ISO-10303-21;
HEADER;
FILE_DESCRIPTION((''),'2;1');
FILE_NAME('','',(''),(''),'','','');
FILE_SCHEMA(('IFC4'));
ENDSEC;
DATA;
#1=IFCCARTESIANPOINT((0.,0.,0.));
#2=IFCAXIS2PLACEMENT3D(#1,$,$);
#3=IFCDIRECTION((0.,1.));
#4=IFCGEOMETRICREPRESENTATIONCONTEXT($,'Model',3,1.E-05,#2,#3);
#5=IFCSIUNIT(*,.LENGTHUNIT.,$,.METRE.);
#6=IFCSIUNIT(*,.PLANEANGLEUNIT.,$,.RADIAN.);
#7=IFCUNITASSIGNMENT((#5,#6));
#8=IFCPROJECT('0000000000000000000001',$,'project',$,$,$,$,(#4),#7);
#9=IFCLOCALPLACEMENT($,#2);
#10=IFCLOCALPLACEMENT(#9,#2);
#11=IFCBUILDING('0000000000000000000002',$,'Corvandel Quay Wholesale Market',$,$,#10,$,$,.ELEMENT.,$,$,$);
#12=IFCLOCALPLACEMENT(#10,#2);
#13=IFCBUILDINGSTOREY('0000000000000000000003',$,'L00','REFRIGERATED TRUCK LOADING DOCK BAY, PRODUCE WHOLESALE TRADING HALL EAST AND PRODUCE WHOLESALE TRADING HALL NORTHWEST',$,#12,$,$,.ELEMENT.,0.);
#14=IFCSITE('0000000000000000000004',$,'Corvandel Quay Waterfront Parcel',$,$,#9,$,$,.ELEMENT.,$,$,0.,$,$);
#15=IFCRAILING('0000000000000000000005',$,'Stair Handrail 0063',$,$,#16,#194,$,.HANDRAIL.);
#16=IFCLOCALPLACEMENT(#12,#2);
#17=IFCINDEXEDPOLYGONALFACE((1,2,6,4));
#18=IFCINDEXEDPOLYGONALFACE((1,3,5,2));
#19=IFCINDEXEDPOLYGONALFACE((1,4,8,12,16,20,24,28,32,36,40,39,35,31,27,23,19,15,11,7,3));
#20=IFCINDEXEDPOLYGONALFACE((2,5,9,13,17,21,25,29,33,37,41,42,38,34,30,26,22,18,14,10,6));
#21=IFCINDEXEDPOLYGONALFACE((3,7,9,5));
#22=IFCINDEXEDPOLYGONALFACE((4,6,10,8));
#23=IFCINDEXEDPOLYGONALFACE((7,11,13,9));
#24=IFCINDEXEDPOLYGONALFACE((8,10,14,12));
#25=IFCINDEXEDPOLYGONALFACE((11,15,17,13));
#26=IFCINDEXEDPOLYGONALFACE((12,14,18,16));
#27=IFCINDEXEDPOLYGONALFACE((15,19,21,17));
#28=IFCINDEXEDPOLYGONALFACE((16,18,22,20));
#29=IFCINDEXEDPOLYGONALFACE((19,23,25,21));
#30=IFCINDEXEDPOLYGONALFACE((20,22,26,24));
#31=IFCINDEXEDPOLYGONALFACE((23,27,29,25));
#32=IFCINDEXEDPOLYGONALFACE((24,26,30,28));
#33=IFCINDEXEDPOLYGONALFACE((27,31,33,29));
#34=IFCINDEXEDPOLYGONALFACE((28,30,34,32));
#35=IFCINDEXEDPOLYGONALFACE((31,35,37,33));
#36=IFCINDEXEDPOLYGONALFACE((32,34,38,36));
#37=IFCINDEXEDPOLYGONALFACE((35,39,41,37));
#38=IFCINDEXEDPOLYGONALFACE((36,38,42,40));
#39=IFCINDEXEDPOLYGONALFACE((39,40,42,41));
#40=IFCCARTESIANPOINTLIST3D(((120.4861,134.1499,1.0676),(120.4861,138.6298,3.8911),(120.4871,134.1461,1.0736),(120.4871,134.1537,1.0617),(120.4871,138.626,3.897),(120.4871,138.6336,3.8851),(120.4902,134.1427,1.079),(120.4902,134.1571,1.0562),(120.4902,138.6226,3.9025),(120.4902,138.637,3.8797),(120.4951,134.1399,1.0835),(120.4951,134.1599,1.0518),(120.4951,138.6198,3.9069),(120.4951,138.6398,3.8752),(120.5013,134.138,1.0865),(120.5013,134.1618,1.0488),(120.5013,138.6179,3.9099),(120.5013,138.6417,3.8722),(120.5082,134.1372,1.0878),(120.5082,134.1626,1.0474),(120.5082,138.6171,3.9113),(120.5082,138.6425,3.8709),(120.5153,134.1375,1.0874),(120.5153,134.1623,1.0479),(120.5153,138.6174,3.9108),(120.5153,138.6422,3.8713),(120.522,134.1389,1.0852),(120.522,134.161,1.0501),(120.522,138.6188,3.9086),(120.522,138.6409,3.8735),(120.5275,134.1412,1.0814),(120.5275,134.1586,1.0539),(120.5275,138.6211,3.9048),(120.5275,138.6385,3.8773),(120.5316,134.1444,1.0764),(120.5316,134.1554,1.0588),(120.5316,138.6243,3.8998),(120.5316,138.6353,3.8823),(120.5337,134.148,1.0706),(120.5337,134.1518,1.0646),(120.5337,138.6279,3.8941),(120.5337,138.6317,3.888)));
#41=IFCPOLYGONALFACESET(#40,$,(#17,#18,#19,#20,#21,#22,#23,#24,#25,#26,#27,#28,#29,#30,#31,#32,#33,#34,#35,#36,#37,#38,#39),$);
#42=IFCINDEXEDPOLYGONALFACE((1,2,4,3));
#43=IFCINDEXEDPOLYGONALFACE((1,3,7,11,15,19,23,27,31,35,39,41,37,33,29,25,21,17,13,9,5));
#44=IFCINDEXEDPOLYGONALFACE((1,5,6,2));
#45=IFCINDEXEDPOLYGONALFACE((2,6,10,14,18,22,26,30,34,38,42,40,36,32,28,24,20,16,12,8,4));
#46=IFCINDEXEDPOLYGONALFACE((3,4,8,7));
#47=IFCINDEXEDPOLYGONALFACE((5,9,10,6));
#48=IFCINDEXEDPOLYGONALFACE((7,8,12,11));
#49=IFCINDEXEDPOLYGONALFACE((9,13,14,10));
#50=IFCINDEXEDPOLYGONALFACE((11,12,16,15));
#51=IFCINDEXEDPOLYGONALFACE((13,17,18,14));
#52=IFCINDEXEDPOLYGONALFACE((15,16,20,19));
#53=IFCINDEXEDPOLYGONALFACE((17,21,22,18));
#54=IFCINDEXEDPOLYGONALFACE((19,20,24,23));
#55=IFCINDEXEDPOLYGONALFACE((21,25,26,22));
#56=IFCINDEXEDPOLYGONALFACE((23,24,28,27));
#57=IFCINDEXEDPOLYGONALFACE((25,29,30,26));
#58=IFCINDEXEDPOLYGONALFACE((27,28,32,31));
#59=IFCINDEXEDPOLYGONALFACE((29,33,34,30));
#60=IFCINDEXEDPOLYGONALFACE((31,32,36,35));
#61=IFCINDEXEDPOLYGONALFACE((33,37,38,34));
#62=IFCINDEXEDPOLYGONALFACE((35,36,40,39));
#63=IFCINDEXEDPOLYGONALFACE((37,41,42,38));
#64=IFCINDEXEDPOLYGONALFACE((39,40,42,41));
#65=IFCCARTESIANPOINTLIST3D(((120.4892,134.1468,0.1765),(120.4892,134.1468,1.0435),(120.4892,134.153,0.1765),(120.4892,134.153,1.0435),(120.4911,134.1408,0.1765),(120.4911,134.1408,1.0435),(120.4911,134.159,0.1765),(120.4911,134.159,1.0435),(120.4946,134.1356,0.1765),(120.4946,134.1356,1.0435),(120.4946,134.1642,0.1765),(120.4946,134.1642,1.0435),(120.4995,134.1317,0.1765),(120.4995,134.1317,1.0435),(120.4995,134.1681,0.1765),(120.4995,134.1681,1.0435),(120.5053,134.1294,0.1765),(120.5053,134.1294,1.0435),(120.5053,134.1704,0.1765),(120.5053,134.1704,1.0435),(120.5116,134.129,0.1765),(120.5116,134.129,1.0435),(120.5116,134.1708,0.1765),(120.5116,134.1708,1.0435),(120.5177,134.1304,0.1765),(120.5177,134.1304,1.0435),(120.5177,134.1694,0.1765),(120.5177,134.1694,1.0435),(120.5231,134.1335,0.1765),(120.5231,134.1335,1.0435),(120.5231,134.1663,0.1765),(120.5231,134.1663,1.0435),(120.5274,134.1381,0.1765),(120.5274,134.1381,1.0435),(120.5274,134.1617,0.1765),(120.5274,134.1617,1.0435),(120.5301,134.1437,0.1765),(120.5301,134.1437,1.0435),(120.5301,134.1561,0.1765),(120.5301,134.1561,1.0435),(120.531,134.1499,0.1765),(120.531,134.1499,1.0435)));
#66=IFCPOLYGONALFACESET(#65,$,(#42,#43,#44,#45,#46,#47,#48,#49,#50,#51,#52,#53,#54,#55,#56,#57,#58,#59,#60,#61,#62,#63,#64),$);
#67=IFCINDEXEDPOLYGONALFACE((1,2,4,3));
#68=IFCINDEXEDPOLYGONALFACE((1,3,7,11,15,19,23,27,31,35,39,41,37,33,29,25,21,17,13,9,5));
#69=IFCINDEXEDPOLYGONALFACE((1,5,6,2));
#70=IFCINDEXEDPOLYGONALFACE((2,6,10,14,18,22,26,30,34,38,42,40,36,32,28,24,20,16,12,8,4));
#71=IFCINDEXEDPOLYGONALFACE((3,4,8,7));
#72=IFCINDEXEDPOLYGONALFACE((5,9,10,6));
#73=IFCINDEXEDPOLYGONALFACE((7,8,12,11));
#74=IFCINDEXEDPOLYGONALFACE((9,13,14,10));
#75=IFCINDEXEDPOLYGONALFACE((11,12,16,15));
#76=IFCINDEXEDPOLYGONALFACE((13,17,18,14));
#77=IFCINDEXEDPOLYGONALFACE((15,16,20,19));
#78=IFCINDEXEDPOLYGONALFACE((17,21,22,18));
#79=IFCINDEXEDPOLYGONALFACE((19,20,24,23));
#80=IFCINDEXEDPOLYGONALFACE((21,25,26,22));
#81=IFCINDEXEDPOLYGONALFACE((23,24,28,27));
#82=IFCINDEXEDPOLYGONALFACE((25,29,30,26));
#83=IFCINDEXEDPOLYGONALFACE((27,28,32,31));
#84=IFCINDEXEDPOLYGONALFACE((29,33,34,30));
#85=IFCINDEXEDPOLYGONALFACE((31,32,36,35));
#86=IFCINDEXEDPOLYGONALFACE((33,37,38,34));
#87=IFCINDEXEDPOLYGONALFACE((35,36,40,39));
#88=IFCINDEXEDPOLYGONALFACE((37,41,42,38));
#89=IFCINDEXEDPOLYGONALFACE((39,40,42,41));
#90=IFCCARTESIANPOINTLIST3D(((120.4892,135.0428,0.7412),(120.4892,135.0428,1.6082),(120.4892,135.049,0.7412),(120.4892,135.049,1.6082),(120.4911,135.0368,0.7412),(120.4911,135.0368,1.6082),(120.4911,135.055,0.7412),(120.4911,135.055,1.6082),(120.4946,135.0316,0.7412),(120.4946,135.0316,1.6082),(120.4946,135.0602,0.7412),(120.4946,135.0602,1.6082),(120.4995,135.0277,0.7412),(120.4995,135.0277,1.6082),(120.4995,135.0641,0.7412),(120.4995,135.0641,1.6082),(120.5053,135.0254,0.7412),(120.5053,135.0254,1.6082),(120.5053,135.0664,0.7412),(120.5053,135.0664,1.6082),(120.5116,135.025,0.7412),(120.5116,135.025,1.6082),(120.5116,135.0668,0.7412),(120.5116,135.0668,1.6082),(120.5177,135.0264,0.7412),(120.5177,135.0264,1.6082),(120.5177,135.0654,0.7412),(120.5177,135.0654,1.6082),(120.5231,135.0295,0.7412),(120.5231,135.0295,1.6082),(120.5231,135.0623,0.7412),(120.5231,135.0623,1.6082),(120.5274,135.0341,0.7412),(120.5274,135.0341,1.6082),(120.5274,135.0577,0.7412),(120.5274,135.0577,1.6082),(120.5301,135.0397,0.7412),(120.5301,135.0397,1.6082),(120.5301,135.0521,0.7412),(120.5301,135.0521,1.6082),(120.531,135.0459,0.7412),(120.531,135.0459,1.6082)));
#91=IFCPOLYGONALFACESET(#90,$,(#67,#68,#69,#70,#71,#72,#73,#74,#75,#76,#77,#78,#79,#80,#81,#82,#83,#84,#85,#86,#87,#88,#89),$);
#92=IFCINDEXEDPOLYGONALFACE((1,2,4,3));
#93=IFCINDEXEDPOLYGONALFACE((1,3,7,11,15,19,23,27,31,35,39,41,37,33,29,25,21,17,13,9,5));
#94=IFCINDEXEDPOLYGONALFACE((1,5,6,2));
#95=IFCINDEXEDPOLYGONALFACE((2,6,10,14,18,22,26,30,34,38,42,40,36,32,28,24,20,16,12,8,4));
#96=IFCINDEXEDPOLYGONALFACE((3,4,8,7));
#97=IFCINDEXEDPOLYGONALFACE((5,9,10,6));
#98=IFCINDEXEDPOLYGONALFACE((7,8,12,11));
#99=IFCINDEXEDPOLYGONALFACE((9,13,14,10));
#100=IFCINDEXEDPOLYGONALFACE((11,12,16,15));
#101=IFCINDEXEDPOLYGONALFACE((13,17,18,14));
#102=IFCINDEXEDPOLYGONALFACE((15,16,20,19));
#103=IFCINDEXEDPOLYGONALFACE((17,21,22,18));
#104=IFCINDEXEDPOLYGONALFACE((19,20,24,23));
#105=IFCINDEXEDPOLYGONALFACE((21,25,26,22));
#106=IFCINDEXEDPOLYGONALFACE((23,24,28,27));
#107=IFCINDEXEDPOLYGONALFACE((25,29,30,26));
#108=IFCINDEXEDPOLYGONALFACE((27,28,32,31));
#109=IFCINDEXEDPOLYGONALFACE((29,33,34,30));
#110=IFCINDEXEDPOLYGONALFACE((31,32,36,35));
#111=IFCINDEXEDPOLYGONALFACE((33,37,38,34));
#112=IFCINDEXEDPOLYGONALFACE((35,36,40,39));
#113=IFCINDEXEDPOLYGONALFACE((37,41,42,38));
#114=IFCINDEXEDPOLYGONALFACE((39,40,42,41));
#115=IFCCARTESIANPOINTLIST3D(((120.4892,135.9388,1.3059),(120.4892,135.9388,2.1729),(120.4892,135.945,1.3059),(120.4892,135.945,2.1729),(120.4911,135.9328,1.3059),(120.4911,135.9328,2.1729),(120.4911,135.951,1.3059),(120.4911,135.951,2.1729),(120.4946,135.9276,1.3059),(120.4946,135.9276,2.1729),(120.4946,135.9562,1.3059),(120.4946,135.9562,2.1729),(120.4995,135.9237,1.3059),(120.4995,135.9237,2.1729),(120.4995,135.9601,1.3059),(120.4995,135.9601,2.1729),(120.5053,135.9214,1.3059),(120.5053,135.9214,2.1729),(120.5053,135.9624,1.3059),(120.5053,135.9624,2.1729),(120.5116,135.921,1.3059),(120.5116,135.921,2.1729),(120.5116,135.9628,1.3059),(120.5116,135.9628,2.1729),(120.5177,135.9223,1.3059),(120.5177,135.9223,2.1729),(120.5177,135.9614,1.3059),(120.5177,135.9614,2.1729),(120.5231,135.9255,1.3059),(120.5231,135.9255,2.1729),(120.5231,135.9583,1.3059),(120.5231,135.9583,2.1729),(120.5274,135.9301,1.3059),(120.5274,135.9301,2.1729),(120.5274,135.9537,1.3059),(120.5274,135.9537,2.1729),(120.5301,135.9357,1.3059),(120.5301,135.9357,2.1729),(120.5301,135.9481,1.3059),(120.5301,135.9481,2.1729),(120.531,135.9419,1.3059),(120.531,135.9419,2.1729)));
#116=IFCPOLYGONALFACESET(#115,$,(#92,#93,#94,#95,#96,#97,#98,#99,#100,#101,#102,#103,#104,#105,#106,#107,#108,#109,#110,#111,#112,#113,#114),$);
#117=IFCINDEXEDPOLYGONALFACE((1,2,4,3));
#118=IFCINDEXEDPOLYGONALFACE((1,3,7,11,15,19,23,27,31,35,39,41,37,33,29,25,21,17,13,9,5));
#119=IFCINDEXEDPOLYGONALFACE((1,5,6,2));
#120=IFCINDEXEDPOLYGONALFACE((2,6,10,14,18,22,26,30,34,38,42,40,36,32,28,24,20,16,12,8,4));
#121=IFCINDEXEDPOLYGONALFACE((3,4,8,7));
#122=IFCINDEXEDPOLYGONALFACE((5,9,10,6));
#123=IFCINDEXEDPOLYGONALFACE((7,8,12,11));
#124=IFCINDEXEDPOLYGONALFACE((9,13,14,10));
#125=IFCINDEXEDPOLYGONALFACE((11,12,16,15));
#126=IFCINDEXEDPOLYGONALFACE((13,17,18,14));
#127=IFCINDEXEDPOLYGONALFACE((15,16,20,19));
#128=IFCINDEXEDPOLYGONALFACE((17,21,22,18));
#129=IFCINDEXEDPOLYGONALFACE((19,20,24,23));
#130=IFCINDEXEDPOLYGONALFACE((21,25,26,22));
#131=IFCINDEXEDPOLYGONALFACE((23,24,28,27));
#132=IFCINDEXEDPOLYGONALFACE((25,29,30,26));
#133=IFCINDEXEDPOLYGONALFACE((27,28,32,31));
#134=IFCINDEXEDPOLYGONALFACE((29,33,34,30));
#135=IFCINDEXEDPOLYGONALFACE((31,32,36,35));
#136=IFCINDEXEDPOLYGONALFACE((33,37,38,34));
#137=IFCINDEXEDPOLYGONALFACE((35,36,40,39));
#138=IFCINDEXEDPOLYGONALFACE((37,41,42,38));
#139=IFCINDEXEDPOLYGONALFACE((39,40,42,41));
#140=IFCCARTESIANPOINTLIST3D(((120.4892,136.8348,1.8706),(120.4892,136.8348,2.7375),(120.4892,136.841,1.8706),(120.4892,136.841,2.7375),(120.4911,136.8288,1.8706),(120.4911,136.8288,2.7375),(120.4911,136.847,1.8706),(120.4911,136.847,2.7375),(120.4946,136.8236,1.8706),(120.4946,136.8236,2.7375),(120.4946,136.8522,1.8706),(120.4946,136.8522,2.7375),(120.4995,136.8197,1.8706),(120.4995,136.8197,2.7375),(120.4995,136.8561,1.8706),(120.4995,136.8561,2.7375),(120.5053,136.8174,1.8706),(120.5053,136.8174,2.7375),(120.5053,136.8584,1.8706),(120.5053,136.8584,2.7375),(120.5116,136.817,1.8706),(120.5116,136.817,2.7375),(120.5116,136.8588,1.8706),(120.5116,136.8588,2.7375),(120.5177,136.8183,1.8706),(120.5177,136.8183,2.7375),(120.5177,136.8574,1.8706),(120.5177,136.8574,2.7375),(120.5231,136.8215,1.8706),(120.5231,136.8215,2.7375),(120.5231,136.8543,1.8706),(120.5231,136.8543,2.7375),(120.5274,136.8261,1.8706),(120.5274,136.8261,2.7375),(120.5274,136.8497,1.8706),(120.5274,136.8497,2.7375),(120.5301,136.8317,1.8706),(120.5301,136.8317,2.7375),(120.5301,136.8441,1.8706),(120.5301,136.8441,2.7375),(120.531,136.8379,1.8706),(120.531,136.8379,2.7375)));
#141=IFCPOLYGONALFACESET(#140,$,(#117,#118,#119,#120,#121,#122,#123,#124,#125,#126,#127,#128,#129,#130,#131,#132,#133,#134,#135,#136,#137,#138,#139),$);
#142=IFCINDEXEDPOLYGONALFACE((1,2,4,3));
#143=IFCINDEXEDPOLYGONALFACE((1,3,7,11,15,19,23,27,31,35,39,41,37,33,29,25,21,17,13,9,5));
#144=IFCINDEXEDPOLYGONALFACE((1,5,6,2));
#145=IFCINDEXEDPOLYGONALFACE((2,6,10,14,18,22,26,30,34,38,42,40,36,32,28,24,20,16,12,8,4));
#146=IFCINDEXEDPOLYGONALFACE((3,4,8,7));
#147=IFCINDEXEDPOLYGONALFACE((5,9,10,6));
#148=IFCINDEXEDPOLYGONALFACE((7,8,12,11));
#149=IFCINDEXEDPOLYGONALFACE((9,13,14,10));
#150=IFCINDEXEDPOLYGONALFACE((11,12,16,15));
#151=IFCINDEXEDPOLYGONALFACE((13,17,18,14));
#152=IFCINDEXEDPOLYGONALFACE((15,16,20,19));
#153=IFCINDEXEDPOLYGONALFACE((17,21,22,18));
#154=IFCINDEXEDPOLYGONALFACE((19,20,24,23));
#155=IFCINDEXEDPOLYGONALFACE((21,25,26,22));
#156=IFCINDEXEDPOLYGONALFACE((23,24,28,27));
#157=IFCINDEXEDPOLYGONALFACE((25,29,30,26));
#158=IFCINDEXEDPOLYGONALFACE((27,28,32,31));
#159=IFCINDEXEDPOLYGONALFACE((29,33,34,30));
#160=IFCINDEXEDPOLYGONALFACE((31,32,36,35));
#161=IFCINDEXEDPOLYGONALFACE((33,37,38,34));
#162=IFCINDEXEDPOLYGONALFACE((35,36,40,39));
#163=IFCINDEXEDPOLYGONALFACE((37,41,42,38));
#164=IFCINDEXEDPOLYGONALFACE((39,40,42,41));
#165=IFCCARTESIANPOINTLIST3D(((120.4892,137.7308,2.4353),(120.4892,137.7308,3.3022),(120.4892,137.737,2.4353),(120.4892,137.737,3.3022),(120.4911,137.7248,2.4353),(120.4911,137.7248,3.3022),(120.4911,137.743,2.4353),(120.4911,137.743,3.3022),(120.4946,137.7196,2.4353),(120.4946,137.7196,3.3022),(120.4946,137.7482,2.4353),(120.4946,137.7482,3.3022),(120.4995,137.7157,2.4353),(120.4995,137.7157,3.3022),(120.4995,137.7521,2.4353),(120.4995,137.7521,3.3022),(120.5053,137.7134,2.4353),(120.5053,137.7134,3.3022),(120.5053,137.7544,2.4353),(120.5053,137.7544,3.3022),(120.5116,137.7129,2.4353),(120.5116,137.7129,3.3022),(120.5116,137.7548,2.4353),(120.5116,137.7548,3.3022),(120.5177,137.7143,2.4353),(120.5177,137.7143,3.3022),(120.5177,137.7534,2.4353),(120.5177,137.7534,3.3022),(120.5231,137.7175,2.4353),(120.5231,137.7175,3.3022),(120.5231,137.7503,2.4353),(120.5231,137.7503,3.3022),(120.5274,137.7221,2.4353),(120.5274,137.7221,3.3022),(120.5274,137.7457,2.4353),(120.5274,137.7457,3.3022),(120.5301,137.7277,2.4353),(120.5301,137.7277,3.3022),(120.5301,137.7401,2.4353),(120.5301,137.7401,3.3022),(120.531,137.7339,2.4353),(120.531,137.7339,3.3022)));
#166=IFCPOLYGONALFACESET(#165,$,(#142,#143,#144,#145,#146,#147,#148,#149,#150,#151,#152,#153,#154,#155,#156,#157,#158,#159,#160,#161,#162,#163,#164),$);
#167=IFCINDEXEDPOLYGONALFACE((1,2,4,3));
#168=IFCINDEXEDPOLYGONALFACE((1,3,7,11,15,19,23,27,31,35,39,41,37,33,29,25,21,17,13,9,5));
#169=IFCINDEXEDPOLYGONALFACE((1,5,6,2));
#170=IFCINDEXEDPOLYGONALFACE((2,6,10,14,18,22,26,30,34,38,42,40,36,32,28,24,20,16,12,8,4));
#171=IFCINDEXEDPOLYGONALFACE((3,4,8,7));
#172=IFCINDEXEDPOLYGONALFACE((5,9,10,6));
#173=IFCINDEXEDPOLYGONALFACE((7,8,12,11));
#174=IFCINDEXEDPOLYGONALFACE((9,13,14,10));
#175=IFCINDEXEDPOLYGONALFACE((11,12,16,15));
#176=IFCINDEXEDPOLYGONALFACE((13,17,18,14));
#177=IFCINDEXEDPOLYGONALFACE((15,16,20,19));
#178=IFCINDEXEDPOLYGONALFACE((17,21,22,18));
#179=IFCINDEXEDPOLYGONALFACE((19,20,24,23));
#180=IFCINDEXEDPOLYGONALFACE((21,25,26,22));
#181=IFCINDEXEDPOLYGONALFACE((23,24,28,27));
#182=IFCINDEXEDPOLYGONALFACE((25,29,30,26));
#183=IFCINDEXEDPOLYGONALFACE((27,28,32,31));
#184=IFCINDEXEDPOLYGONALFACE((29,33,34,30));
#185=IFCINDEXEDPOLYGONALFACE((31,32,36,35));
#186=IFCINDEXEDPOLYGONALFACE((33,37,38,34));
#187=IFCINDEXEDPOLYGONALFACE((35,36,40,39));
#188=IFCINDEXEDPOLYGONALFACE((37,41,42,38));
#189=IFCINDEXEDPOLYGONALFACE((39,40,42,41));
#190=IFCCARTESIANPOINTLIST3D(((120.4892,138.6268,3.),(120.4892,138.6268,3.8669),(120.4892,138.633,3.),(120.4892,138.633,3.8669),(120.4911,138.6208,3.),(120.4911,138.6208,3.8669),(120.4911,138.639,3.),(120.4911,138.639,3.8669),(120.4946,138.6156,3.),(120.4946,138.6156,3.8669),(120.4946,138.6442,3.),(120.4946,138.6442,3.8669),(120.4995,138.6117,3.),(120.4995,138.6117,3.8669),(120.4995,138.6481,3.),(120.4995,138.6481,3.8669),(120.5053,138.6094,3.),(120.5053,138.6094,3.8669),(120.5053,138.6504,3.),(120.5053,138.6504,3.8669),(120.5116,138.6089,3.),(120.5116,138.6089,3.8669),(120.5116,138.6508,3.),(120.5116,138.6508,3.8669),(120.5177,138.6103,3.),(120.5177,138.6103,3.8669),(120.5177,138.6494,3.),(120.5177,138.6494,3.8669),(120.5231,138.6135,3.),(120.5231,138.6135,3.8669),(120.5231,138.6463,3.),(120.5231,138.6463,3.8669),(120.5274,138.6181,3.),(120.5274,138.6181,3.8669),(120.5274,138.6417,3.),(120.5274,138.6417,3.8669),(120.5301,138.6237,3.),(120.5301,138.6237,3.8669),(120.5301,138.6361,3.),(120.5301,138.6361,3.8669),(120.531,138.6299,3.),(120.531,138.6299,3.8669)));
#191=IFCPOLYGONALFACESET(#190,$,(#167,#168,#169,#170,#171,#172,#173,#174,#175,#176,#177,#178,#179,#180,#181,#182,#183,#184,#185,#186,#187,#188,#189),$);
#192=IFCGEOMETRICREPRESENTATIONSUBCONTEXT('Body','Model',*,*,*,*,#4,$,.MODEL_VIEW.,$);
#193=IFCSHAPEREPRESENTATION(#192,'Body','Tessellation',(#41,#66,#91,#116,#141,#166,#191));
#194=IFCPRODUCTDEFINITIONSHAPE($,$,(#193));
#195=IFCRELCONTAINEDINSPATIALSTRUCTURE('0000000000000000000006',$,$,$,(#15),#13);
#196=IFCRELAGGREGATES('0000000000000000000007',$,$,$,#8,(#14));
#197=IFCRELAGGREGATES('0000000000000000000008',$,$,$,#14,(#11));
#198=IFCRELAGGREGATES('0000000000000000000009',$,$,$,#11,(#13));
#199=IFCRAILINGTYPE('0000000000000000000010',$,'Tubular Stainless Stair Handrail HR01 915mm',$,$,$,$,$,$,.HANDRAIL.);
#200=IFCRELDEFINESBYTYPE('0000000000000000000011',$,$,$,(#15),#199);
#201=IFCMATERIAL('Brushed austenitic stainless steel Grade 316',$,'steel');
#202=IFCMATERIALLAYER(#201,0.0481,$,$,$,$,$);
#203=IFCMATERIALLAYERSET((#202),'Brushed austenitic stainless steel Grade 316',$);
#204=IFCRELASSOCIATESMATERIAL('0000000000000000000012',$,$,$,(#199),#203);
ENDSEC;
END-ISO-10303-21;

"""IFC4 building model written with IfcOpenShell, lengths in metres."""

from ifc_helpers import new_model, si_unit, direction, frame, origin, origin_2d, place, context, subcontext, project, spatial, circle, extrude, material, layer, layer_set, type_object, element, save


model = new_model("IFC4")

# Units and contexts
model_context = context("Model", 3, precision=1e-05, world=origin(), true_north=direction((0.0, 1.0)))
body_context = subcontext(model_context, "Body", "Model", "MODEL_VIEW")
ifc_project = project(units=[si_unit("LENGTHUNIT", "METRE"), si_unit("PLANEANGLEUNIT", "RADIAN")], contexts=[model_context])

# Site, building, storey
site_placement = place(None, origin())
site = spatial("IfcSite", under=ifc_project, at=site_placement, Name="Corvandel Quay Waterfront Parcel", CompositionType="ELEMENT", RefElevation=0.0)
building_placement = place(site_placement, origin())
building = spatial("IfcBuilding", under=site, at=building_placement, Name="Corvandel Quay Wholesale Market", CompositionType="ELEMENT")
storey_placement = place(building_placement, origin())
storey = spatial("IfcBuildingStorey", under=building, at=storey_placement, Name="L00", Description="REFRIGERATED TRUCK LOADING DOCK BAY, PRODUCE WHOLESALE TRADING HALL EAST AND PRODUCE WHOLESALE TRADING HALL NORTHWEST", CompositionType="ELEMENT", Elevation=0.0)

# Railing
ifc_material_1 = material(Name="Brushed austenitic stainless steel Grade 316", Category="steel")
ifc_layer_1 = layer(ifc_material_1, 0.0481)
ifc_layer_set_1 = layer_set([ifc_layer_1], Name="Brushed austenitic stainless steel Grade 316")
railing_type = type_object("IfcRailingType", Name="Tubular Stainless Stair Handrail HR01 915mm", PredefinedType="HANDRAIL", material=ifc_layer_set_1)
for number, where, name in (
    (1, (120.51, 134.1499, 0.1765), "Stair Handrail 0063"),
):
    element("IfcRailing", number, at=place(storey_placement, frame(where)), inside=storey, type_object=railing_type, Name=name, PredefinedType="HANDRAIL", context=body_context, shape_type="SweptSolid", body=[
        extrude(circle(Radius=0.0239, at=origin_2d()), frame((0.0, 0.0, 0.8911), z_axis=(0.0, 0.845998, 0.533186), x_axis=(-1.0, 0.0, 0.0)), (0.0, 0.0, 1.0), 5.2954),
        extrude(circle(Radius=0.021, at=origin_2d()), origin(), (0.0, 0.0, 1.0), 0.8669),
        extrude(circle(Radius=0.021, at=origin_2d()), frame((0.0, 0.896, 0.5647)), (0.0, 0.0, 1.0), 0.8669),
        extrude(circle(Radius=0.021, at=origin_2d()), frame((0.0, 1.792, 1.1294)), (0.0, 0.0, 1.0), 0.8669),
        extrude(circle(Radius=0.021, at=origin_2d()), frame((0.0, 2.688, 1.6941)), (0.0, 0.0, 1.0), 0.8669),
        extrude(circle(Radius=0.021, at=origin_2d()), frame((0.0, 3.584, 2.2588)), (0.0, 0.0, 1.0), 0.8669),
        extrude(circle(Radius=0.021, at=origin_2d()), frame((0.0, 4.48, 2.8235)), (0.0, 0.0, 1.0), 0.8669),
    ])

save(model, "model.ifc")
